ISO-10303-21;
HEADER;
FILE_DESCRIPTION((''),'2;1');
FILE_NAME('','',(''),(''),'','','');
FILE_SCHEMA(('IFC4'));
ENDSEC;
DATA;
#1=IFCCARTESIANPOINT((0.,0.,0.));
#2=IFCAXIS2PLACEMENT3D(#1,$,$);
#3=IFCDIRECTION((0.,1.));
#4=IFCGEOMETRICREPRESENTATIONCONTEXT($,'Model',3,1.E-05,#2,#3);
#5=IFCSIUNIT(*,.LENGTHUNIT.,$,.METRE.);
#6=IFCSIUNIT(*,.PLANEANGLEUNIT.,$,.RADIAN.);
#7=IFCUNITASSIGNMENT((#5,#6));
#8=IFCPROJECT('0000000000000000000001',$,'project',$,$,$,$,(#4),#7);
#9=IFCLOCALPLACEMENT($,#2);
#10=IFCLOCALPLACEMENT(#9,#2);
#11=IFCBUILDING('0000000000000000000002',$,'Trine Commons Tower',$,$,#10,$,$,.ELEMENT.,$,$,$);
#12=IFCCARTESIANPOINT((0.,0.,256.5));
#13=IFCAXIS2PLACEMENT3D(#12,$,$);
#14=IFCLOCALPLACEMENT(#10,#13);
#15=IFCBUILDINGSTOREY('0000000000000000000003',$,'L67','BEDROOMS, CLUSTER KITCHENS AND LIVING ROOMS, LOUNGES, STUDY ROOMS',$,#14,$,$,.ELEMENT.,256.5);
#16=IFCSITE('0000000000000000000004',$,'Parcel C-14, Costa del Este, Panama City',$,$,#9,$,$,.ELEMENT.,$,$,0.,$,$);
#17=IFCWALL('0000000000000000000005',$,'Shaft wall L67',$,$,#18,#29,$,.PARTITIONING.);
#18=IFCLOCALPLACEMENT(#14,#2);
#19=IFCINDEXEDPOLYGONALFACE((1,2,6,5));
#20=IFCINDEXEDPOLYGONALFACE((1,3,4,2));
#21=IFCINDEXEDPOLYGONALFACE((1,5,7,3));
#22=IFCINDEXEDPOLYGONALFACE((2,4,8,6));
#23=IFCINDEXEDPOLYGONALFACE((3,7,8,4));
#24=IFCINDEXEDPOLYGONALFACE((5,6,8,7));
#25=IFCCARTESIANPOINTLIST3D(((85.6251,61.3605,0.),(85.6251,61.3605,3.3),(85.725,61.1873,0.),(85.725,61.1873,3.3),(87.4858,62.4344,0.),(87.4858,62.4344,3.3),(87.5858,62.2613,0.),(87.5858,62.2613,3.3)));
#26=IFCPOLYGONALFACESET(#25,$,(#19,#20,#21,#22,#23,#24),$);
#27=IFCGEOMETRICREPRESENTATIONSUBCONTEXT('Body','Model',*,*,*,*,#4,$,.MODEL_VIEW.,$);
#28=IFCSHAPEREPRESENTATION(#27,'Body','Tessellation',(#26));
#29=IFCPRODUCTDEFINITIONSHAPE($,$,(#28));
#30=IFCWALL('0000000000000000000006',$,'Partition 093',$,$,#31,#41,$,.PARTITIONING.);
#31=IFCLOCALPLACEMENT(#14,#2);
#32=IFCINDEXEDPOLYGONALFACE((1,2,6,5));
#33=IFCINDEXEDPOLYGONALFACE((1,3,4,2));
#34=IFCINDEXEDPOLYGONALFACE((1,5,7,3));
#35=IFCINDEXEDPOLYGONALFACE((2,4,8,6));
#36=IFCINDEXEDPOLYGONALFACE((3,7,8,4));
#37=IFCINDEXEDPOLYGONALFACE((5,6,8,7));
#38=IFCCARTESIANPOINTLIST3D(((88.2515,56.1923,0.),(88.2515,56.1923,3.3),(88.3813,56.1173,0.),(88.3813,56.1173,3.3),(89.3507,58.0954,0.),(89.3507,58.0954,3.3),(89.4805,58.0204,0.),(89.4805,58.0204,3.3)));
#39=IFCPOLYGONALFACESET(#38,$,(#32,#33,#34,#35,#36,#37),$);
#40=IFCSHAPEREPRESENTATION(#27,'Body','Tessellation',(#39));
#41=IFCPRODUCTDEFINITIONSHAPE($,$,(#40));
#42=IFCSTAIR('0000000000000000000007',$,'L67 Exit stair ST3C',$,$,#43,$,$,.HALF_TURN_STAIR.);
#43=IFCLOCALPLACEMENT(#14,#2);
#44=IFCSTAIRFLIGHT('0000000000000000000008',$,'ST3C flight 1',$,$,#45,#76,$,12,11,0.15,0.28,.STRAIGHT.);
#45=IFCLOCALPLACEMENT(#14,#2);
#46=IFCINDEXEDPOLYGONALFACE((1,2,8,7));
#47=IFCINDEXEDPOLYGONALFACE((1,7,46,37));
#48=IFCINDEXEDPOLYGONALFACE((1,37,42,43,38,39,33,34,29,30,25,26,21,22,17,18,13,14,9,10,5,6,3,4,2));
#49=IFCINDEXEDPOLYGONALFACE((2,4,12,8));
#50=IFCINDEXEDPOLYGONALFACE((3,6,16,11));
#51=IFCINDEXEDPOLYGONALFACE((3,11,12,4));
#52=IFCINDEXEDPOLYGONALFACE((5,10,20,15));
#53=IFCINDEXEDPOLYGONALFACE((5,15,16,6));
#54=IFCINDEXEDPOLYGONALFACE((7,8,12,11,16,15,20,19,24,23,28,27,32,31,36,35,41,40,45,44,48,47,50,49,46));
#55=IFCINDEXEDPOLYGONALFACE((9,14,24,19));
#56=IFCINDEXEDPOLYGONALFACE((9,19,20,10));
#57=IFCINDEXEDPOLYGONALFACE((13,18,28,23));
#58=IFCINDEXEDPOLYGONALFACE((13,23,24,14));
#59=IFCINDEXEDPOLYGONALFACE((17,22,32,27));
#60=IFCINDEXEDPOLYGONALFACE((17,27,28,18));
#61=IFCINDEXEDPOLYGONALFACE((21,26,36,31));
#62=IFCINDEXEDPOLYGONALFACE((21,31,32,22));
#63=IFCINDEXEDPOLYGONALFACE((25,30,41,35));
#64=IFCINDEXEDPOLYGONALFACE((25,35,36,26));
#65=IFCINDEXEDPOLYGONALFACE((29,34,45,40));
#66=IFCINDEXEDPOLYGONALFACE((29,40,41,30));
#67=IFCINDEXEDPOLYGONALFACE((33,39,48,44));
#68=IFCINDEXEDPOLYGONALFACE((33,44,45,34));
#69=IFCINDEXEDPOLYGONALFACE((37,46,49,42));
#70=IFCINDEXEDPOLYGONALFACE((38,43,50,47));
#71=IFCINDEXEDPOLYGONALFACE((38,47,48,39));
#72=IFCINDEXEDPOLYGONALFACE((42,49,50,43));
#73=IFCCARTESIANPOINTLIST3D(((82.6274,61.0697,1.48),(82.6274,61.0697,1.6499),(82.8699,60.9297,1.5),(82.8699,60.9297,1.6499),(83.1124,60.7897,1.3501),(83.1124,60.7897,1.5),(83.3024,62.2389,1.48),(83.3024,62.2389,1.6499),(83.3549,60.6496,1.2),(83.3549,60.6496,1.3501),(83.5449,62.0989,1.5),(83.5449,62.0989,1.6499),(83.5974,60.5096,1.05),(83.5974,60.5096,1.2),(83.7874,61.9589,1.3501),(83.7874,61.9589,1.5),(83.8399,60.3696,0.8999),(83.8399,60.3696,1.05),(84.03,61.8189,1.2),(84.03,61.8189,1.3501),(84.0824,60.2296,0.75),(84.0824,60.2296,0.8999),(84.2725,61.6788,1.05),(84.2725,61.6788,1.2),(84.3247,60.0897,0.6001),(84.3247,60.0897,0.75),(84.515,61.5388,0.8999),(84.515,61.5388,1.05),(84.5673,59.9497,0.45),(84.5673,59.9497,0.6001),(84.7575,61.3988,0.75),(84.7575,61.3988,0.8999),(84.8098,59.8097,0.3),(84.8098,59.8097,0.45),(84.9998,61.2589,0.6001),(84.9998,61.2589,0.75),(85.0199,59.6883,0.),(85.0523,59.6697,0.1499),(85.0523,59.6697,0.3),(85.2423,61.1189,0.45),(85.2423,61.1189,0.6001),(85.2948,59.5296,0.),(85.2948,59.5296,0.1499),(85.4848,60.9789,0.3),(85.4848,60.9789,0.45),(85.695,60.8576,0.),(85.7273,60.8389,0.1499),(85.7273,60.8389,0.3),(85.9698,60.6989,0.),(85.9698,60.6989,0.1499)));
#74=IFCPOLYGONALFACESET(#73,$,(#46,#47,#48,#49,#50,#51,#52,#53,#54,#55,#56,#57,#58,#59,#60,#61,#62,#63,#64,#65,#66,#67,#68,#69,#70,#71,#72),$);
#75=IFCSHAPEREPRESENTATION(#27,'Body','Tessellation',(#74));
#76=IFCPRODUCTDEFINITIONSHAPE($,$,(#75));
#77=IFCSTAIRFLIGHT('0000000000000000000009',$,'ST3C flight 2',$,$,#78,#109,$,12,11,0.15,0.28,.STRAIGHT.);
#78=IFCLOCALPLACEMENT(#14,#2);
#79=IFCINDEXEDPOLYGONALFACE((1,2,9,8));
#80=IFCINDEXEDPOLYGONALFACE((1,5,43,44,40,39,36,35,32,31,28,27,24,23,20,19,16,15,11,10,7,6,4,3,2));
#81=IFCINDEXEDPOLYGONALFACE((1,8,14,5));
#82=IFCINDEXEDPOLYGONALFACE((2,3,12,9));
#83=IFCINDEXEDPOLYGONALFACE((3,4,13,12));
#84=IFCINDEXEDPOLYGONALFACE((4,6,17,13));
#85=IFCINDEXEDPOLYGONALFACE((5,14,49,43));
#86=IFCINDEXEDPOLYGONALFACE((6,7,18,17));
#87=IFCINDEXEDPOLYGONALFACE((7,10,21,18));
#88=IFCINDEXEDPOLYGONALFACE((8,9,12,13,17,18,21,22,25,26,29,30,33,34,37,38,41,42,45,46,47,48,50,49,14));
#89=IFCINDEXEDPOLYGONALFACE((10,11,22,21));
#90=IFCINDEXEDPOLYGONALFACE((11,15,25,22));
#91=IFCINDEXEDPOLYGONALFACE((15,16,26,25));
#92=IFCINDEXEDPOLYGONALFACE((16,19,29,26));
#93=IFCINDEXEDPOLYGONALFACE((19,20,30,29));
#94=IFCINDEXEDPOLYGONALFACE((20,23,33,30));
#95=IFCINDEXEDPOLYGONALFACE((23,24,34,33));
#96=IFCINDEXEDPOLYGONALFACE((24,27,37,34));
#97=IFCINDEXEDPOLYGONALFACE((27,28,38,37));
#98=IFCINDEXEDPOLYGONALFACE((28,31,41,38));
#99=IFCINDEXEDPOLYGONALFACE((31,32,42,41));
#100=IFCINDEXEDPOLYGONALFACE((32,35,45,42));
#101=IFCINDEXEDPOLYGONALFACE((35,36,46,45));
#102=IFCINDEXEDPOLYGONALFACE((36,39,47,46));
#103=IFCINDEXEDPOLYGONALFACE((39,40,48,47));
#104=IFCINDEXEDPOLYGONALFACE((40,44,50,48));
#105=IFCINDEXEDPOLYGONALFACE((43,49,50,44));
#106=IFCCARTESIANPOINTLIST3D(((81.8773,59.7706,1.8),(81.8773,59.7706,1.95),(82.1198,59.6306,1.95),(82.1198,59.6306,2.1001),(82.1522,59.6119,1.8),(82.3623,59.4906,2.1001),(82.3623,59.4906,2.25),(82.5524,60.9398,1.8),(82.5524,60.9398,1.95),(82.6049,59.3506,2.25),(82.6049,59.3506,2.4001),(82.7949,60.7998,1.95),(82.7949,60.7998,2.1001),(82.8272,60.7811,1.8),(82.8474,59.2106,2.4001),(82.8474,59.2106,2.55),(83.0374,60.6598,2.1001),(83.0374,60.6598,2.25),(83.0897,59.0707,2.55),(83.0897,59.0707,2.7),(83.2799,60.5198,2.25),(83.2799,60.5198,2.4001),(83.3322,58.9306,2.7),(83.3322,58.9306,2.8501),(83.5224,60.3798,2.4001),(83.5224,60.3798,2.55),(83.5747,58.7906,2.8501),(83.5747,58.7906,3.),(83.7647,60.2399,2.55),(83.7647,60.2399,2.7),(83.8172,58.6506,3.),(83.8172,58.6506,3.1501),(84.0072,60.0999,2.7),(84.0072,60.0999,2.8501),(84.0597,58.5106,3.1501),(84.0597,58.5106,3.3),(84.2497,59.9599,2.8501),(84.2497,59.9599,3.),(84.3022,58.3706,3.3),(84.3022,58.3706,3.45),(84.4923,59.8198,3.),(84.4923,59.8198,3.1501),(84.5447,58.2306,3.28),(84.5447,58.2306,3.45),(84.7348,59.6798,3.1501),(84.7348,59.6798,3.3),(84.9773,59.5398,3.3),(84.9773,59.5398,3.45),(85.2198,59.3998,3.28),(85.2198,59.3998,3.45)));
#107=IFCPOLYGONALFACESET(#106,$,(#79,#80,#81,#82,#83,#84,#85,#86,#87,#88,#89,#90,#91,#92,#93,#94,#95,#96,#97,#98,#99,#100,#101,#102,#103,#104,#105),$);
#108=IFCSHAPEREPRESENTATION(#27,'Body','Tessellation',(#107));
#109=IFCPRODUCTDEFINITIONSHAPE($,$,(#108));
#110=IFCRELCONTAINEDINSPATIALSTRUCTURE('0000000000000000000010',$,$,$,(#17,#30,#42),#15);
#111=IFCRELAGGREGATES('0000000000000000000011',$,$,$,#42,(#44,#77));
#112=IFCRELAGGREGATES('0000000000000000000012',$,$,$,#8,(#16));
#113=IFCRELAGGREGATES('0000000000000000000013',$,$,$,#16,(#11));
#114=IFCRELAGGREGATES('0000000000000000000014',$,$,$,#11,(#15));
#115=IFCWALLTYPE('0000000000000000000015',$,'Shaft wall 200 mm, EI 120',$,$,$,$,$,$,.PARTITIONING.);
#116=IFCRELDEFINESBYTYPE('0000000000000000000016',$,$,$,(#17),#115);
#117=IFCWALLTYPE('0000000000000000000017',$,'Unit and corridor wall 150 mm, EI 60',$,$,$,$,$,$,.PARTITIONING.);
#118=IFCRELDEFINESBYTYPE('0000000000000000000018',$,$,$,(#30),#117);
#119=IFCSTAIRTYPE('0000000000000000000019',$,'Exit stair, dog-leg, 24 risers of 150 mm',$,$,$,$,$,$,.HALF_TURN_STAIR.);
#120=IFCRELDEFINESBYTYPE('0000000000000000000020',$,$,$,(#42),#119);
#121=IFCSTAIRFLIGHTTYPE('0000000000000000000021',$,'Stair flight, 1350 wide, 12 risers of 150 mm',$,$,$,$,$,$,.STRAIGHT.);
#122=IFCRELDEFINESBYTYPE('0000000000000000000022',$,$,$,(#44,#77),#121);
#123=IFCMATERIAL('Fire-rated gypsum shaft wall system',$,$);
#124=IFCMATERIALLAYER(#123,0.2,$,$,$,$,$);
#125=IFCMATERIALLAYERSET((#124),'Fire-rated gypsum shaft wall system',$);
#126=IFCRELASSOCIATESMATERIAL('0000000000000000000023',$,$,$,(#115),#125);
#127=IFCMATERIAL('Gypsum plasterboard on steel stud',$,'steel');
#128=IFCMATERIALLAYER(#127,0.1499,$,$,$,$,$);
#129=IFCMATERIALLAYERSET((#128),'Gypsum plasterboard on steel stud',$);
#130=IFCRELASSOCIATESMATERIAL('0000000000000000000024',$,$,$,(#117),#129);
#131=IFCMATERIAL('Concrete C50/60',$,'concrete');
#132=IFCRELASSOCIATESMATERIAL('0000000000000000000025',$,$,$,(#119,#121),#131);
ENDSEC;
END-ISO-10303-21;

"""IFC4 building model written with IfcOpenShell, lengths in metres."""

from ifc_helpers import new_model, si_unit, direction, frame, frame_2d, origin, place, context, subcontext, project, spatial, polyline, rectangle, outline, extrude, material, layer, layer_set, type_object, element, aggregate, save


model = new_model("IFC4")

# Units and contexts
model_context = context("Model", 3, precision=1e-05, world=origin(), true_north=direction((0.0, 1.0)))
body_context = subcontext(model_context, "Body", "Model", "MODEL_VIEW")
ifc_project = project(units=[si_unit("LENGTHUNIT", "METRE"), si_unit("PLANEANGLEUNIT", "RADIAN")], contexts=[model_context])

# Site, building, storey
site_placement = place(None, origin())
site = spatial("IfcSite", under=ifc_project, at=site_placement, Name="Parcel C-14, Costa del Este, Panama City", CompositionType="ELEMENT", RefElevation=0.0)
building_placement = place(site_placement, origin())
building = spatial("IfcBuilding", under=site, at=building_placement, Name="Trine Commons Tower", CompositionType="ELEMENT")
storey_placement = place(building_placement, frame((0.0, 0.0, 256.5)))
storey = spatial("IfcBuildingStorey", under=building, at=storey_placement, Name="L67", Description="BEDROOMS, CLUSTER KITCHENS AND LIVING ROOMS, LOUNGES, STUDY ROOMS", CompositionType="ELEMENT", Elevation=256.5)

# Shared definitions
ifc_material_1 = material(Name="Concrete C50/60", Category="concrete")

# Walls
ifc_material_2 = material(Name="Fire-rated gypsum shaft wall system")
ifc_layer_1 = layer(ifc_material_2, 0.2)
ifc_layer_set_1 = layer_set([ifc_layer_1], Name="Fire-rated gypsum shaft wall system")
wall_type_1 = type_object("IfcWallType", Name="Shaft wall 200 mm, EI 120", PredefinedType="PARTITIONING", material=ifc_layer_set_1)
wall_1_placement = place(storey_placement, frame((85.675, 61.2739, 0.0), z_axis=(0.0, 0.0, 1.0), x_axis=(0.866102, 0.499867, 0.0)))
element("IfcWall", 1, at=wall_1_placement, inside=storey, type_object=wall_type_1, Name="Shaft wall L67", PredefinedType="PARTITIONING", context=body_context, shape_type="SweptSolid", body=[
    extrude(rectangle(XDim=2.1484, YDim=0.2, at=frame_2d((1.0742, 0.0))), origin(), (0.0, 0.0, 1.0), 3.3),
])
ifc_material_3 = material(Name="Gypsum plasterboard on steel stud", Category="steel")
ifc_layer_2 = layer(ifc_material_3, 0.1499)
ifc_layer_set_2 = layer_set([ifc_layer_2], Name="Gypsum plasterboard on steel stud")
wall_type_2 = type_object("IfcWallType", Name="Unit and corridor wall 150 mm, EI 60", PredefinedType="PARTITIONING", material=ifc_layer_set_2)
wall_2_placement = place(storey_placement, frame((88.3164, 56.1548, 0.0), z_axis=(0.0, 0.0, 1.0), x_axis=(0.50013, 0.865951, 0.0)))
element("IfcWall", 2, at=wall_2_placement, inside=storey, type_object=wall_type_2, Name="Partition 093", PredefinedType="PARTITIONING", context=body_context, shape_type="SweptSolid", body=[
    extrude(rectangle(XDim=2.1978, YDim=0.1499, at=frame_2d((1.0989, 0.0))), origin(), (0.0, 0.0, 1.0), 3.3),
])

# Stair, stair flights
stair_type = type_object("IfcStairType", Name="Exit stair, dog-leg, 24 risers of 150 mm", PredefinedType="HALF_TURN_STAIR", material=ifc_material_1)
stair_placement = place(storey_placement, origin())
stair = element("IfcStair", 3, at=stair_placement, inside=storey, type_object=stair_type, Name="L67 Exit stair ST3C", PredefinedType="HALF_TURN_STAIR")
stair_flight_type = type_object("IfcStairFlightType", Name="Stair flight, 1350 wide, 12 risers of 150 mm", PredefinedType="STRAIGHT", material=ifc_material_1)
stair_flight_1_placement = place(storey_placement, frame((85.6323, 60.1143, 0.0), z_axis=(0.0, 0.0, 1.0), x_axis=(-0.866025, 0.5, 0.0)))
stair_flight_1 = element("IfcStairFlight", 4, at=stair_flight_1_placement, type_object=stair_flight_type, Name="ST3C flight 1", NumberOfRisers=12, NumberOfTreads=11, PredefinedType="STRAIGHT", RiserHeight=0.15, TreadLength=0.28, context=body_context, shape_type="SweptSolid", body=[
    extrude(outline(polyline([(0.0, 0.0), (0.0, 0.1499), (0.28, 0.1499), (0.28, 0.3), (0.5601, 0.3), (0.5601, 0.45), (0.8401, 0.45), (0.8401, 0.6001), (1.1201, 0.6001), (1.1201, 0.75), (1.3999, 0.75), (1.3999, 0.8999), (1.6799, 0.8999), (1.6799, 1.05), (1.96, 1.05), (1.96, 1.2), (2.24, 1.2), (2.24, 1.3501), (2.52, 1.3501), (2.52, 1.5), (2.8, 1.5), (2.8, 1.6499), (3.0801, 1.6499), (3.0801, 1.8), (3.0801, 1.48), (0.3174, 0.0), (0.0, 0.0)])), frame((0.0, 0.675, 0.0), z_axis=(0.0, -1.0, 0.0), x_axis=(1.0, 0.0, 0.0)), (0.0, 0.0, 1.0), 1.3501),
])
stair_flight_2_placement = place(storey_placement, frame((82.2148, 60.3552, 1.8), z_axis=(0.0, 0.0, 1.0), x_axis=(0.866025, -0.5, 0.0)))
stair_flight_2 = element("IfcStairFlight", 5, at=stair_flight_2_placement, type_object=stair_flight_type, Name="ST3C flight 2", NumberOfRisers=12, NumberOfTreads=11, PredefinedType="STRAIGHT", RiserHeight=0.15, TreadLength=0.28, context=body_context, shape_type="SweptSolid", body=[
    extrude(outline(polyline([(0.0, 0.0), (0.0, 0.1499), (0.28, 0.1499), (0.28, 0.3), (0.5601, 0.3), (0.5601, 0.45), (0.8401, 0.45), (0.8401, 0.6001), (1.1201, 0.6001), (1.1201, 0.75), (1.3999, 0.75), (1.3999, 0.8999), (1.6799, 0.8999), (1.6799, 1.05), (1.96, 1.05), (1.96, 1.2), (2.24, 1.2), (2.24, 1.3501), (2.52, 1.3501), (2.52, 1.5), (2.8, 1.5), (2.8, 1.6499), (3.0801, 1.6499), (3.0801, 1.8), (3.0801, 1.48), (0.3174, 0.0), (0.0, 0.0)])), frame((0.0, 0.675, 0.0), z_axis=(0.0, -1.0, 0.0), x_axis=(1.0, 0.0, 0.0)), (0.0, 0.0, 1.0), 1.3501),
])
aggregate(stair, [stair_flight_1, stair_flight_2])

save(model, "model.ifc")
